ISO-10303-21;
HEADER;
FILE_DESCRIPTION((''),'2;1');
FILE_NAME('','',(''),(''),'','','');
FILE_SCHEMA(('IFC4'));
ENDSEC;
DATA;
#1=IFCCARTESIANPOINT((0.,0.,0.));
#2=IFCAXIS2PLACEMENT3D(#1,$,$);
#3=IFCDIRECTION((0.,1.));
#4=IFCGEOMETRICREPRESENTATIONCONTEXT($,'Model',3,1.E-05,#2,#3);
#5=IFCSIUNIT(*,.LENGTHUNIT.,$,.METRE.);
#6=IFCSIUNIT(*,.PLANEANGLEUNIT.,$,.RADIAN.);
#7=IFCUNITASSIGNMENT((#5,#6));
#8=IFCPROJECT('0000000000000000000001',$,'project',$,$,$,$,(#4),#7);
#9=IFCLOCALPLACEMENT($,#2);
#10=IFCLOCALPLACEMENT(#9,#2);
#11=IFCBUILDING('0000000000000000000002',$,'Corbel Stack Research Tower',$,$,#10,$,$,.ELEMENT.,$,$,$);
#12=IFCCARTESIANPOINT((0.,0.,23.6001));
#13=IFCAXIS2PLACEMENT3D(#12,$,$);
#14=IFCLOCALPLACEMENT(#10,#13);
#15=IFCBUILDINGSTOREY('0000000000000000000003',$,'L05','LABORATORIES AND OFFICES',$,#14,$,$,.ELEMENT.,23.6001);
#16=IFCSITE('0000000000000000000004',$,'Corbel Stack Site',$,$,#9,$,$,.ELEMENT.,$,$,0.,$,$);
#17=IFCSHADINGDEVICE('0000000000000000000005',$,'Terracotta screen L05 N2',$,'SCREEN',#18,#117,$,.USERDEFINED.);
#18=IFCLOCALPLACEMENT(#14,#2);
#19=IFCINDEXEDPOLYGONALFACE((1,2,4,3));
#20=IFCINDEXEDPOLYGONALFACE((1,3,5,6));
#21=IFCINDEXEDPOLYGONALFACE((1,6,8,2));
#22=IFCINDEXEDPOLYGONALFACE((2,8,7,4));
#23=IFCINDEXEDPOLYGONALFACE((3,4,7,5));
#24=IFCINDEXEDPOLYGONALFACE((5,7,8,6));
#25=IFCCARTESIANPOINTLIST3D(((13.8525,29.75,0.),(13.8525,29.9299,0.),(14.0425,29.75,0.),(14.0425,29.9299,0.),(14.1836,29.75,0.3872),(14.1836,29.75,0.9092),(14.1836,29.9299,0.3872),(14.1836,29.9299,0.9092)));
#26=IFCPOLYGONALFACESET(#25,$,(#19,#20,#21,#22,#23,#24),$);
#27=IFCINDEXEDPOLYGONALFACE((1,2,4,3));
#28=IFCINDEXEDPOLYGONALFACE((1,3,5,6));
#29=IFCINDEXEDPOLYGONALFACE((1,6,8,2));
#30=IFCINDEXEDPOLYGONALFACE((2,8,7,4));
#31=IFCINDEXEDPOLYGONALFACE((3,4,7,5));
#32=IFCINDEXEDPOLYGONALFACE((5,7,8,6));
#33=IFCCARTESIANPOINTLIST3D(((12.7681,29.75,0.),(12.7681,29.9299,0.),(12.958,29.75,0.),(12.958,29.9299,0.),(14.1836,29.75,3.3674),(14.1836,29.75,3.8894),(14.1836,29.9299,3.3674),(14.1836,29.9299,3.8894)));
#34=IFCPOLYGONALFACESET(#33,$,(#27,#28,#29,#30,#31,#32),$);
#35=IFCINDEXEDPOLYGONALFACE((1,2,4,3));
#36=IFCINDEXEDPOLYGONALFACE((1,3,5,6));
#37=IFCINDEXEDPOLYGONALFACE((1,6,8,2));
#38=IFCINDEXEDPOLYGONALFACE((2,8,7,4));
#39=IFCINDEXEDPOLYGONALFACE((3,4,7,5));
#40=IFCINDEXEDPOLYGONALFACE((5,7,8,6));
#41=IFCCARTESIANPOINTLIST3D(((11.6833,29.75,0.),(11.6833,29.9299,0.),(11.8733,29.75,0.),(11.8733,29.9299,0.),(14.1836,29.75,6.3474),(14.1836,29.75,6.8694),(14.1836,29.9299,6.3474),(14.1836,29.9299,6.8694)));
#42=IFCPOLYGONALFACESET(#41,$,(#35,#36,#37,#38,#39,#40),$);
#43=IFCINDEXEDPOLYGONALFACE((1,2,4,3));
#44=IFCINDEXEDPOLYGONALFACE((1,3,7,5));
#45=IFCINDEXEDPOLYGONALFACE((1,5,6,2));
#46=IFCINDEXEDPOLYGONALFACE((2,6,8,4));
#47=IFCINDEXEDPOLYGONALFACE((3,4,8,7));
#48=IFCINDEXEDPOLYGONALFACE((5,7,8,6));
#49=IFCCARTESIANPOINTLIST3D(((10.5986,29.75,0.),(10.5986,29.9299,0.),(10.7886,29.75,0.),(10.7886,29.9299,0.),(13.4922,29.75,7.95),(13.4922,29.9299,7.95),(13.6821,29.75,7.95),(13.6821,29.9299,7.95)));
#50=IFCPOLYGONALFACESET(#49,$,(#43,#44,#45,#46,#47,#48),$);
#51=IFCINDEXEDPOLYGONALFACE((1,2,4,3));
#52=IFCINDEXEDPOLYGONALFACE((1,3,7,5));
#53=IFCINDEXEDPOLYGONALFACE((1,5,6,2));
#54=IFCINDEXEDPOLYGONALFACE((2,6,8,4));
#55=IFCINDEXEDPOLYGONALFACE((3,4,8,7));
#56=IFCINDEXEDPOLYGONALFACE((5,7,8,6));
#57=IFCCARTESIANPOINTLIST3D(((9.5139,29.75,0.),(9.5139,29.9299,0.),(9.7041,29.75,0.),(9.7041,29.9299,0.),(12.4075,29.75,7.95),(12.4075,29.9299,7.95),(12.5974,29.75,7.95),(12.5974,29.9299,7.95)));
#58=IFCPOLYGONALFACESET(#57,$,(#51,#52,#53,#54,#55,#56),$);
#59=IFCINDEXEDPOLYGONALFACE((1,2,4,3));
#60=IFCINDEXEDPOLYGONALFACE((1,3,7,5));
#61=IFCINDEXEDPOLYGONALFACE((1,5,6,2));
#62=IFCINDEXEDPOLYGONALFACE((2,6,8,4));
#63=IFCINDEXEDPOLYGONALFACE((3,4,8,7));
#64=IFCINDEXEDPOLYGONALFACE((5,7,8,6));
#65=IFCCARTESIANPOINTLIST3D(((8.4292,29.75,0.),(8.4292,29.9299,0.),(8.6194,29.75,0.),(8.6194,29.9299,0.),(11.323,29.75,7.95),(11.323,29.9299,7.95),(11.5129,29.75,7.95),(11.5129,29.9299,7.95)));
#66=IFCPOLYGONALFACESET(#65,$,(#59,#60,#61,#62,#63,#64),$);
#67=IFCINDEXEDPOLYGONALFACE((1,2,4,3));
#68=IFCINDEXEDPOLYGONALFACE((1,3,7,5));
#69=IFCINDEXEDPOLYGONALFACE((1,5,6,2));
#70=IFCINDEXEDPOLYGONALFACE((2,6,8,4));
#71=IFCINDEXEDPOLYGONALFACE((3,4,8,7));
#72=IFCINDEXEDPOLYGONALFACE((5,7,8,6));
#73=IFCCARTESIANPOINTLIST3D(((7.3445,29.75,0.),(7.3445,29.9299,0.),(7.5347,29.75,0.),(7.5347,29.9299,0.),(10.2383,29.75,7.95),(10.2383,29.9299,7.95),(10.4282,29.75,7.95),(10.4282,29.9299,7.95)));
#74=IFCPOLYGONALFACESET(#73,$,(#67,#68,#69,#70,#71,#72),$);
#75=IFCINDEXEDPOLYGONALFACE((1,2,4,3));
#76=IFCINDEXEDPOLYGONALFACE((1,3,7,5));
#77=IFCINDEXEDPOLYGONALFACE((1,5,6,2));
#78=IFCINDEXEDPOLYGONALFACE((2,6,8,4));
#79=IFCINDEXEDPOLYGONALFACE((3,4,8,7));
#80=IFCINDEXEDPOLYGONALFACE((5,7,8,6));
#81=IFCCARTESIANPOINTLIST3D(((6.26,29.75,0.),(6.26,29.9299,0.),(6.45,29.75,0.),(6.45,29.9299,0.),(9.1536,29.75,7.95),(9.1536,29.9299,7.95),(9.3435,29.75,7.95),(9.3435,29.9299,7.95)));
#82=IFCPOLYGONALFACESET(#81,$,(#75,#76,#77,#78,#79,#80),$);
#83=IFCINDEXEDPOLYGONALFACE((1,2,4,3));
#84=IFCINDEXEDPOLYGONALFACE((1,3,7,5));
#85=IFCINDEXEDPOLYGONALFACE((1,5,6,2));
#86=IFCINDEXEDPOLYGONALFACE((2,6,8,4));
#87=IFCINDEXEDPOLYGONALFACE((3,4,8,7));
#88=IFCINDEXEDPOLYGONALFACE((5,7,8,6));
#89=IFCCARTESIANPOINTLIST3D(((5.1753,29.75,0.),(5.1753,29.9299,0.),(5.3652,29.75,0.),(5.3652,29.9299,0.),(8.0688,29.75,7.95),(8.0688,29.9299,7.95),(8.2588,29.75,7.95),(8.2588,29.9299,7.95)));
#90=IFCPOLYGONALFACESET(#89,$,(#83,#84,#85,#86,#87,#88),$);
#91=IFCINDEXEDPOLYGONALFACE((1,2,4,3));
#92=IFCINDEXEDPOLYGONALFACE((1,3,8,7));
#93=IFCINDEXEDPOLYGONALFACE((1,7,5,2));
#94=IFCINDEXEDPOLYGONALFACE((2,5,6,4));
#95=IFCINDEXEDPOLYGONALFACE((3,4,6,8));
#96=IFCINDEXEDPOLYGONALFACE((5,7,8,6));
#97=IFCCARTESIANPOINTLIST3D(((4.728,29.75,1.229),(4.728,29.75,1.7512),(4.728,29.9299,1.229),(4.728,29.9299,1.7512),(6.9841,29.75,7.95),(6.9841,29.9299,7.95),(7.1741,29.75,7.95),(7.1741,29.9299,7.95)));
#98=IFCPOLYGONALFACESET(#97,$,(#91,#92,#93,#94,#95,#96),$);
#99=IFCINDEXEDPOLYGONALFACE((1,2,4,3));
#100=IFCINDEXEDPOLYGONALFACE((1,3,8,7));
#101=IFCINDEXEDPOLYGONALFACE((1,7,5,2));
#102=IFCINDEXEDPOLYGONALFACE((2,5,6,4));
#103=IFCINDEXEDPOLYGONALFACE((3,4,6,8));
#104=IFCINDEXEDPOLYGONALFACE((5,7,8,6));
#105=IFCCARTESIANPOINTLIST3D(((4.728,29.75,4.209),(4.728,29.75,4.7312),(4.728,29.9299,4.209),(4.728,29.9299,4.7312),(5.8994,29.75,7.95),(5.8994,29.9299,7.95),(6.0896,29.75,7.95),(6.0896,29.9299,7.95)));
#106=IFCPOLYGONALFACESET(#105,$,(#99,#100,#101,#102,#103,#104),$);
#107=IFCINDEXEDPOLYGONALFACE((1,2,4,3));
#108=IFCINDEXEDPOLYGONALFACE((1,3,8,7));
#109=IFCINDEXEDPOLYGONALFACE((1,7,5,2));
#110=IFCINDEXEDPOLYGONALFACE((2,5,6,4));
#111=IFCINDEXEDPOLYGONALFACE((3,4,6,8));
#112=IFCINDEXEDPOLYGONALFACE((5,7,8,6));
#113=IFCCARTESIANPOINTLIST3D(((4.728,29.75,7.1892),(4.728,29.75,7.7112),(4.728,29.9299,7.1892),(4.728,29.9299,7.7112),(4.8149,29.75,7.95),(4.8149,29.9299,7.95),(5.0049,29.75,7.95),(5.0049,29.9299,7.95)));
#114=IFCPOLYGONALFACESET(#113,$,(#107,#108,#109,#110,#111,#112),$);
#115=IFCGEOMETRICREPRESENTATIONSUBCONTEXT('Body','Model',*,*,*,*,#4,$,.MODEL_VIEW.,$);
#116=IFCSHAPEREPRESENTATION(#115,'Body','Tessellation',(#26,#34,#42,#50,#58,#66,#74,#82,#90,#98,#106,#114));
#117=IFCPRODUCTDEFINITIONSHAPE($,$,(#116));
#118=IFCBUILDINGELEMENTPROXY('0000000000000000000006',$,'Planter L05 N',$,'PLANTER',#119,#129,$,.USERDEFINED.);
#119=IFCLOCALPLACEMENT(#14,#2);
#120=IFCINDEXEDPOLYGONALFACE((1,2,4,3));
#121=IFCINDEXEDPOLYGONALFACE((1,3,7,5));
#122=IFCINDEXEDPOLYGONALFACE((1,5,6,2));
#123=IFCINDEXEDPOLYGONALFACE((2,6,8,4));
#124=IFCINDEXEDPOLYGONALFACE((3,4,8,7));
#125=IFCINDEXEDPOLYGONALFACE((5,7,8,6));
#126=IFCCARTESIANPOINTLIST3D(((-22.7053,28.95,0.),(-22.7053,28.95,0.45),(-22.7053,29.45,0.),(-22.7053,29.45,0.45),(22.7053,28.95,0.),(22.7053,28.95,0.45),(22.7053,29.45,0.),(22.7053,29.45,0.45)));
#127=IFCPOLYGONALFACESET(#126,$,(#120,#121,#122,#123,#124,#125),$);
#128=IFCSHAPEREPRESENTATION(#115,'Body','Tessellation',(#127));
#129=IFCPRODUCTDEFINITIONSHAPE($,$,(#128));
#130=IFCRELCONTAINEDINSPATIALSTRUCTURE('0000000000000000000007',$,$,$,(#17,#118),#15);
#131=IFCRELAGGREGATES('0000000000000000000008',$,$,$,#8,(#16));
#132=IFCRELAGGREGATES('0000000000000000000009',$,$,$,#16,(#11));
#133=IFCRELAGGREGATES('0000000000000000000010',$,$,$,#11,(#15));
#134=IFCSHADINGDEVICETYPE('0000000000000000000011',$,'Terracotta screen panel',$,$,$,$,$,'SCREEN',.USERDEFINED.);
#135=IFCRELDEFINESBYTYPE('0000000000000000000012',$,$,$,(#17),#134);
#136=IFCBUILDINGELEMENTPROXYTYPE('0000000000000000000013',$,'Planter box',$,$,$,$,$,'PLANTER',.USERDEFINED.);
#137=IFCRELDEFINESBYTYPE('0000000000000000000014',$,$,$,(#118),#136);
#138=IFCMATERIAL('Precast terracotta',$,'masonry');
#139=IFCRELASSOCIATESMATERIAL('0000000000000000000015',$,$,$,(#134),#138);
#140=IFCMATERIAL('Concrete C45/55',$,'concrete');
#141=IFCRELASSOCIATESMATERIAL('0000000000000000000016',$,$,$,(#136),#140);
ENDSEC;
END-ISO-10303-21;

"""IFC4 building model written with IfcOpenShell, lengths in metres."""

from ifc_helpers import new_model, si_unit, direction, frame, origin, origin_2d, place, context, subcontext, project, spatial, polyline, rectangle, outline, extrude, source, transform, mapped, material, type_object, element, save


model = new_model("IFC4")

# Units and contexts
model_context = context("Model", 3, precision=1e-05, world=origin(), true_north=direction((0.0, 1.0)))
body_context = subcontext(model_context, "Body", "Model", "MODEL_VIEW")
ifc_project = project(units=[si_unit("LENGTHUNIT", "METRE"), si_unit("PLANEANGLEUNIT", "RADIAN")], contexts=[model_context])

# Site, building, storey
site_placement = place(None, origin())
site = spatial("IfcSite", under=ifc_project, at=site_placement, Name="Corbel Stack Site", CompositionType="ELEMENT", RefElevation=0.0)
building_placement = place(site_placement, origin())
building = spatial("IfcBuilding", under=site, at=building_placement, Name="Corbel Stack Research Tower", CompositionType="ELEMENT")
storey_placement = place(building_placement, frame((0.0, 0.0, 23.6001)))
storey = spatial("IfcBuildingStorey", under=building, at=storey_placement, Name="L05", Description="LABORATORIES AND OFFICES", CompositionType="ELEMENT", Elevation=23.6001)

# Shading device
ifc_material_1 = material(Name="Precast terracotta", Category="masonry")
shading_device_type = type_object("IfcShadingDeviceType", Name="Terracotta screen panel", ElementType="SCREEN", PredefinedType="USERDEFINED", material=ifc_material_1)
shared_shape_1 = source(origin(), body_context, "Body", "SweptSolid", [
    extrude(outline(polyline([(0.3311, 0.0), (0.0, 0.9092), (0.0, 0.3872), (0.1411, 0.0), (0.3311, 0.0)])), frame((0.0, 0.0, 0.0), z_axis=(0.0, -1.0, 0.0), x_axis=(1.0, 0.0, 0.0)), (0.0, 0.0, 1.0), 0.1799),
    extrude(outline(polyline([(1.4155, 0.0), (0.0, 3.8894), (0.0, 3.3674), (1.2256, 0.0), (1.4155, 0.0)])), frame((0.0, 0.0, 0.0), z_axis=(0.0, -1.0, 0.0), x_axis=(1.0, 0.0, 0.0)), (0.0, 0.0, 1.0), 0.1799),
    extrude(outline(polyline([(2.5002, 0.0), (0.0, 6.8694), (0.0, 6.3474), (2.3103, 0.0), (2.5002, 0.0)])), frame((0.0, 0.0, 0.0), z_axis=(0.0, -1.0, 0.0), x_axis=(1.0, 0.0, 0.0)), (0.0, 0.0, 1.0), 0.1799),
    extrude(outline(polyline([(3.585, 0.0), (0.6914, 7.95), (0.5015, 7.95), (3.395, 0.0), (3.585, 0.0)])), frame((0.0, 0.0, 0.0), z_axis=(0.0, -1.0, 0.0), x_axis=(1.0, 0.0, 0.0)), (0.0, 0.0, 1.0), 0.1799),
    extrude(outline(polyline([(4.6697, 0.0), (1.7761, 7.95), (1.5862, 7.95), (4.4795, 0.0), (4.6697, 0.0)])), frame((0.0, 0.0, 0.0), z_axis=(0.0, -1.0, 0.0), x_axis=(1.0, 0.0, 0.0)), (0.0, 0.0, 1.0), 0.1799),
    extrude(outline(polyline([(5.7544, 0.0), (2.8606, 7.95), (2.6707, 7.95), (5.5642, 0.0), (5.7544, 0.0)])), frame((0.0, 0.0, 0.0), z_axis=(0.0, -1.0, 0.0), x_axis=(1.0, 0.0, 0.0)), (0.0, 0.0, 1.0), 0.1799),
    extrude(outline(polyline([(6.8391, 0.0), (3.9453, 7.95), (3.7554, 7.95), (6.6489, 0.0), (6.8391, 0.0)])), frame((0.0, 0.0, 0.0), z_axis=(0.0, -1.0, 0.0), x_axis=(1.0, 0.0, 0.0)), (0.0, 0.0, 1.0), 0.1799),
    extrude(outline(polyline([(7.9236, 0.0), (5.03, 7.95), (4.8401, 7.95), (7.7336, 0.0), (7.9236, 0.0)])), frame((0.0, 0.0, 0.0), z_axis=(0.0, -1.0, 0.0), x_axis=(1.0, 0.0, 0.0)), (0.0, 0.0, 1.0), 0.1799),
    extrude(outline(polyline([(9.0083, 0.0), (6.1147, 7.95), (5.9248, 7.95), (8.8184, 0.0), (9.0083, 0.0)])), frame((0.0, 0.0, 0.0), z_axis=(0.0, -1.0, 0.0), x_axis=(1.0, 0.0, 0.0)), (0.0, 0.0, 1.0), 0.1799),
    extrude(outline(polyline([(7.1995, 7.95), (7.0095, 7.95), (9.4556, 1.229), (9.4556, 1.7512), (7.1995, 7.95)])), frame((0.0, 0.0, 0.0), z_axis=(0.0, -1.0, 0.0), x_axis=(1.0, 0.0, 0.0)), (0.0, 0.0, 1.0), 0.1799),
    extrude(outline(polyline([(8.2842, 7.95), (8.094, 7.95), (9.4556, 4.209), (9.4556, 4.7312), (8.2842, 7.95)])), frame((0.0, 0.0, 0.0), z_axis=(0.0, -1.0, 0.0), x_axis=(1.0, 0.0, 0.0)), (0.0, 0.0, 1.0), 0.1799),
    extrude(outline(polyline([(9.3687, 7.95), (9.1787, 7.95), (9.4556, 7.1892), (9.4556, 7.7112), (9.3687, 7.95)])), frame((0.0, 0.0, 0.0), z_axis=(0.0, -1.0, 0.0), x_axis=(1.0, 0.0, 0.0)), (0.0, 0.0, 1.0), 0.1799),
])
shading_device_1_placement = place(storey_placement, frame((14.1836, 29.75, 0.0), z_axis=(0.0, 0.0, 1.0), x_axis=(-1.0, 0.0, 0.0)))
element("IfcShadingDevice", 1, at=shading_device_1_placement, inside=storey, type_object=shading_device_type, Name="Terracotta screen L05 N2", ObjectType="SCREEN", PredefinedType="USERDEFINED", context=body_context, shape_type="MappedRepresentation", body=[
    mapped(shared_shape_1, transform((0.0, 0.0, 0.0))),
])

# Building element proxy
ifc_material_2 = material(Name="Concrete C45/55", Category="concrete")
building_element_proxy_type = type_object("IfcBuildingElementProxyType", Name="Planter box", ElementType="PLANTER", PredefinedType="USERDEFINED", material=ifc_material_2)
proxy_placement = place(storey_placement, frame((0.0, 29.2, 0.0), z_axis=(0.0, 0.0, 1.0), x_axis=(-1.0, 0.0, 0.0)))
element("IfcBuildingElementProxy", 2, at=proxy_placement, inside=storey, type_object=building_element_proxy_type, Name="Planter L05 N", ObjectType="PLANTER", PredefinedType="USERDEFINED", context=body_context, shape_type="SweptSolid", body=[
    extrude(rectangle(XDim=45.4106, YDim=0.5, at=origin_2d()), origin(), (0.0, 0.0, 1.0), 0.45),
])

save(model, "model.ifc")
